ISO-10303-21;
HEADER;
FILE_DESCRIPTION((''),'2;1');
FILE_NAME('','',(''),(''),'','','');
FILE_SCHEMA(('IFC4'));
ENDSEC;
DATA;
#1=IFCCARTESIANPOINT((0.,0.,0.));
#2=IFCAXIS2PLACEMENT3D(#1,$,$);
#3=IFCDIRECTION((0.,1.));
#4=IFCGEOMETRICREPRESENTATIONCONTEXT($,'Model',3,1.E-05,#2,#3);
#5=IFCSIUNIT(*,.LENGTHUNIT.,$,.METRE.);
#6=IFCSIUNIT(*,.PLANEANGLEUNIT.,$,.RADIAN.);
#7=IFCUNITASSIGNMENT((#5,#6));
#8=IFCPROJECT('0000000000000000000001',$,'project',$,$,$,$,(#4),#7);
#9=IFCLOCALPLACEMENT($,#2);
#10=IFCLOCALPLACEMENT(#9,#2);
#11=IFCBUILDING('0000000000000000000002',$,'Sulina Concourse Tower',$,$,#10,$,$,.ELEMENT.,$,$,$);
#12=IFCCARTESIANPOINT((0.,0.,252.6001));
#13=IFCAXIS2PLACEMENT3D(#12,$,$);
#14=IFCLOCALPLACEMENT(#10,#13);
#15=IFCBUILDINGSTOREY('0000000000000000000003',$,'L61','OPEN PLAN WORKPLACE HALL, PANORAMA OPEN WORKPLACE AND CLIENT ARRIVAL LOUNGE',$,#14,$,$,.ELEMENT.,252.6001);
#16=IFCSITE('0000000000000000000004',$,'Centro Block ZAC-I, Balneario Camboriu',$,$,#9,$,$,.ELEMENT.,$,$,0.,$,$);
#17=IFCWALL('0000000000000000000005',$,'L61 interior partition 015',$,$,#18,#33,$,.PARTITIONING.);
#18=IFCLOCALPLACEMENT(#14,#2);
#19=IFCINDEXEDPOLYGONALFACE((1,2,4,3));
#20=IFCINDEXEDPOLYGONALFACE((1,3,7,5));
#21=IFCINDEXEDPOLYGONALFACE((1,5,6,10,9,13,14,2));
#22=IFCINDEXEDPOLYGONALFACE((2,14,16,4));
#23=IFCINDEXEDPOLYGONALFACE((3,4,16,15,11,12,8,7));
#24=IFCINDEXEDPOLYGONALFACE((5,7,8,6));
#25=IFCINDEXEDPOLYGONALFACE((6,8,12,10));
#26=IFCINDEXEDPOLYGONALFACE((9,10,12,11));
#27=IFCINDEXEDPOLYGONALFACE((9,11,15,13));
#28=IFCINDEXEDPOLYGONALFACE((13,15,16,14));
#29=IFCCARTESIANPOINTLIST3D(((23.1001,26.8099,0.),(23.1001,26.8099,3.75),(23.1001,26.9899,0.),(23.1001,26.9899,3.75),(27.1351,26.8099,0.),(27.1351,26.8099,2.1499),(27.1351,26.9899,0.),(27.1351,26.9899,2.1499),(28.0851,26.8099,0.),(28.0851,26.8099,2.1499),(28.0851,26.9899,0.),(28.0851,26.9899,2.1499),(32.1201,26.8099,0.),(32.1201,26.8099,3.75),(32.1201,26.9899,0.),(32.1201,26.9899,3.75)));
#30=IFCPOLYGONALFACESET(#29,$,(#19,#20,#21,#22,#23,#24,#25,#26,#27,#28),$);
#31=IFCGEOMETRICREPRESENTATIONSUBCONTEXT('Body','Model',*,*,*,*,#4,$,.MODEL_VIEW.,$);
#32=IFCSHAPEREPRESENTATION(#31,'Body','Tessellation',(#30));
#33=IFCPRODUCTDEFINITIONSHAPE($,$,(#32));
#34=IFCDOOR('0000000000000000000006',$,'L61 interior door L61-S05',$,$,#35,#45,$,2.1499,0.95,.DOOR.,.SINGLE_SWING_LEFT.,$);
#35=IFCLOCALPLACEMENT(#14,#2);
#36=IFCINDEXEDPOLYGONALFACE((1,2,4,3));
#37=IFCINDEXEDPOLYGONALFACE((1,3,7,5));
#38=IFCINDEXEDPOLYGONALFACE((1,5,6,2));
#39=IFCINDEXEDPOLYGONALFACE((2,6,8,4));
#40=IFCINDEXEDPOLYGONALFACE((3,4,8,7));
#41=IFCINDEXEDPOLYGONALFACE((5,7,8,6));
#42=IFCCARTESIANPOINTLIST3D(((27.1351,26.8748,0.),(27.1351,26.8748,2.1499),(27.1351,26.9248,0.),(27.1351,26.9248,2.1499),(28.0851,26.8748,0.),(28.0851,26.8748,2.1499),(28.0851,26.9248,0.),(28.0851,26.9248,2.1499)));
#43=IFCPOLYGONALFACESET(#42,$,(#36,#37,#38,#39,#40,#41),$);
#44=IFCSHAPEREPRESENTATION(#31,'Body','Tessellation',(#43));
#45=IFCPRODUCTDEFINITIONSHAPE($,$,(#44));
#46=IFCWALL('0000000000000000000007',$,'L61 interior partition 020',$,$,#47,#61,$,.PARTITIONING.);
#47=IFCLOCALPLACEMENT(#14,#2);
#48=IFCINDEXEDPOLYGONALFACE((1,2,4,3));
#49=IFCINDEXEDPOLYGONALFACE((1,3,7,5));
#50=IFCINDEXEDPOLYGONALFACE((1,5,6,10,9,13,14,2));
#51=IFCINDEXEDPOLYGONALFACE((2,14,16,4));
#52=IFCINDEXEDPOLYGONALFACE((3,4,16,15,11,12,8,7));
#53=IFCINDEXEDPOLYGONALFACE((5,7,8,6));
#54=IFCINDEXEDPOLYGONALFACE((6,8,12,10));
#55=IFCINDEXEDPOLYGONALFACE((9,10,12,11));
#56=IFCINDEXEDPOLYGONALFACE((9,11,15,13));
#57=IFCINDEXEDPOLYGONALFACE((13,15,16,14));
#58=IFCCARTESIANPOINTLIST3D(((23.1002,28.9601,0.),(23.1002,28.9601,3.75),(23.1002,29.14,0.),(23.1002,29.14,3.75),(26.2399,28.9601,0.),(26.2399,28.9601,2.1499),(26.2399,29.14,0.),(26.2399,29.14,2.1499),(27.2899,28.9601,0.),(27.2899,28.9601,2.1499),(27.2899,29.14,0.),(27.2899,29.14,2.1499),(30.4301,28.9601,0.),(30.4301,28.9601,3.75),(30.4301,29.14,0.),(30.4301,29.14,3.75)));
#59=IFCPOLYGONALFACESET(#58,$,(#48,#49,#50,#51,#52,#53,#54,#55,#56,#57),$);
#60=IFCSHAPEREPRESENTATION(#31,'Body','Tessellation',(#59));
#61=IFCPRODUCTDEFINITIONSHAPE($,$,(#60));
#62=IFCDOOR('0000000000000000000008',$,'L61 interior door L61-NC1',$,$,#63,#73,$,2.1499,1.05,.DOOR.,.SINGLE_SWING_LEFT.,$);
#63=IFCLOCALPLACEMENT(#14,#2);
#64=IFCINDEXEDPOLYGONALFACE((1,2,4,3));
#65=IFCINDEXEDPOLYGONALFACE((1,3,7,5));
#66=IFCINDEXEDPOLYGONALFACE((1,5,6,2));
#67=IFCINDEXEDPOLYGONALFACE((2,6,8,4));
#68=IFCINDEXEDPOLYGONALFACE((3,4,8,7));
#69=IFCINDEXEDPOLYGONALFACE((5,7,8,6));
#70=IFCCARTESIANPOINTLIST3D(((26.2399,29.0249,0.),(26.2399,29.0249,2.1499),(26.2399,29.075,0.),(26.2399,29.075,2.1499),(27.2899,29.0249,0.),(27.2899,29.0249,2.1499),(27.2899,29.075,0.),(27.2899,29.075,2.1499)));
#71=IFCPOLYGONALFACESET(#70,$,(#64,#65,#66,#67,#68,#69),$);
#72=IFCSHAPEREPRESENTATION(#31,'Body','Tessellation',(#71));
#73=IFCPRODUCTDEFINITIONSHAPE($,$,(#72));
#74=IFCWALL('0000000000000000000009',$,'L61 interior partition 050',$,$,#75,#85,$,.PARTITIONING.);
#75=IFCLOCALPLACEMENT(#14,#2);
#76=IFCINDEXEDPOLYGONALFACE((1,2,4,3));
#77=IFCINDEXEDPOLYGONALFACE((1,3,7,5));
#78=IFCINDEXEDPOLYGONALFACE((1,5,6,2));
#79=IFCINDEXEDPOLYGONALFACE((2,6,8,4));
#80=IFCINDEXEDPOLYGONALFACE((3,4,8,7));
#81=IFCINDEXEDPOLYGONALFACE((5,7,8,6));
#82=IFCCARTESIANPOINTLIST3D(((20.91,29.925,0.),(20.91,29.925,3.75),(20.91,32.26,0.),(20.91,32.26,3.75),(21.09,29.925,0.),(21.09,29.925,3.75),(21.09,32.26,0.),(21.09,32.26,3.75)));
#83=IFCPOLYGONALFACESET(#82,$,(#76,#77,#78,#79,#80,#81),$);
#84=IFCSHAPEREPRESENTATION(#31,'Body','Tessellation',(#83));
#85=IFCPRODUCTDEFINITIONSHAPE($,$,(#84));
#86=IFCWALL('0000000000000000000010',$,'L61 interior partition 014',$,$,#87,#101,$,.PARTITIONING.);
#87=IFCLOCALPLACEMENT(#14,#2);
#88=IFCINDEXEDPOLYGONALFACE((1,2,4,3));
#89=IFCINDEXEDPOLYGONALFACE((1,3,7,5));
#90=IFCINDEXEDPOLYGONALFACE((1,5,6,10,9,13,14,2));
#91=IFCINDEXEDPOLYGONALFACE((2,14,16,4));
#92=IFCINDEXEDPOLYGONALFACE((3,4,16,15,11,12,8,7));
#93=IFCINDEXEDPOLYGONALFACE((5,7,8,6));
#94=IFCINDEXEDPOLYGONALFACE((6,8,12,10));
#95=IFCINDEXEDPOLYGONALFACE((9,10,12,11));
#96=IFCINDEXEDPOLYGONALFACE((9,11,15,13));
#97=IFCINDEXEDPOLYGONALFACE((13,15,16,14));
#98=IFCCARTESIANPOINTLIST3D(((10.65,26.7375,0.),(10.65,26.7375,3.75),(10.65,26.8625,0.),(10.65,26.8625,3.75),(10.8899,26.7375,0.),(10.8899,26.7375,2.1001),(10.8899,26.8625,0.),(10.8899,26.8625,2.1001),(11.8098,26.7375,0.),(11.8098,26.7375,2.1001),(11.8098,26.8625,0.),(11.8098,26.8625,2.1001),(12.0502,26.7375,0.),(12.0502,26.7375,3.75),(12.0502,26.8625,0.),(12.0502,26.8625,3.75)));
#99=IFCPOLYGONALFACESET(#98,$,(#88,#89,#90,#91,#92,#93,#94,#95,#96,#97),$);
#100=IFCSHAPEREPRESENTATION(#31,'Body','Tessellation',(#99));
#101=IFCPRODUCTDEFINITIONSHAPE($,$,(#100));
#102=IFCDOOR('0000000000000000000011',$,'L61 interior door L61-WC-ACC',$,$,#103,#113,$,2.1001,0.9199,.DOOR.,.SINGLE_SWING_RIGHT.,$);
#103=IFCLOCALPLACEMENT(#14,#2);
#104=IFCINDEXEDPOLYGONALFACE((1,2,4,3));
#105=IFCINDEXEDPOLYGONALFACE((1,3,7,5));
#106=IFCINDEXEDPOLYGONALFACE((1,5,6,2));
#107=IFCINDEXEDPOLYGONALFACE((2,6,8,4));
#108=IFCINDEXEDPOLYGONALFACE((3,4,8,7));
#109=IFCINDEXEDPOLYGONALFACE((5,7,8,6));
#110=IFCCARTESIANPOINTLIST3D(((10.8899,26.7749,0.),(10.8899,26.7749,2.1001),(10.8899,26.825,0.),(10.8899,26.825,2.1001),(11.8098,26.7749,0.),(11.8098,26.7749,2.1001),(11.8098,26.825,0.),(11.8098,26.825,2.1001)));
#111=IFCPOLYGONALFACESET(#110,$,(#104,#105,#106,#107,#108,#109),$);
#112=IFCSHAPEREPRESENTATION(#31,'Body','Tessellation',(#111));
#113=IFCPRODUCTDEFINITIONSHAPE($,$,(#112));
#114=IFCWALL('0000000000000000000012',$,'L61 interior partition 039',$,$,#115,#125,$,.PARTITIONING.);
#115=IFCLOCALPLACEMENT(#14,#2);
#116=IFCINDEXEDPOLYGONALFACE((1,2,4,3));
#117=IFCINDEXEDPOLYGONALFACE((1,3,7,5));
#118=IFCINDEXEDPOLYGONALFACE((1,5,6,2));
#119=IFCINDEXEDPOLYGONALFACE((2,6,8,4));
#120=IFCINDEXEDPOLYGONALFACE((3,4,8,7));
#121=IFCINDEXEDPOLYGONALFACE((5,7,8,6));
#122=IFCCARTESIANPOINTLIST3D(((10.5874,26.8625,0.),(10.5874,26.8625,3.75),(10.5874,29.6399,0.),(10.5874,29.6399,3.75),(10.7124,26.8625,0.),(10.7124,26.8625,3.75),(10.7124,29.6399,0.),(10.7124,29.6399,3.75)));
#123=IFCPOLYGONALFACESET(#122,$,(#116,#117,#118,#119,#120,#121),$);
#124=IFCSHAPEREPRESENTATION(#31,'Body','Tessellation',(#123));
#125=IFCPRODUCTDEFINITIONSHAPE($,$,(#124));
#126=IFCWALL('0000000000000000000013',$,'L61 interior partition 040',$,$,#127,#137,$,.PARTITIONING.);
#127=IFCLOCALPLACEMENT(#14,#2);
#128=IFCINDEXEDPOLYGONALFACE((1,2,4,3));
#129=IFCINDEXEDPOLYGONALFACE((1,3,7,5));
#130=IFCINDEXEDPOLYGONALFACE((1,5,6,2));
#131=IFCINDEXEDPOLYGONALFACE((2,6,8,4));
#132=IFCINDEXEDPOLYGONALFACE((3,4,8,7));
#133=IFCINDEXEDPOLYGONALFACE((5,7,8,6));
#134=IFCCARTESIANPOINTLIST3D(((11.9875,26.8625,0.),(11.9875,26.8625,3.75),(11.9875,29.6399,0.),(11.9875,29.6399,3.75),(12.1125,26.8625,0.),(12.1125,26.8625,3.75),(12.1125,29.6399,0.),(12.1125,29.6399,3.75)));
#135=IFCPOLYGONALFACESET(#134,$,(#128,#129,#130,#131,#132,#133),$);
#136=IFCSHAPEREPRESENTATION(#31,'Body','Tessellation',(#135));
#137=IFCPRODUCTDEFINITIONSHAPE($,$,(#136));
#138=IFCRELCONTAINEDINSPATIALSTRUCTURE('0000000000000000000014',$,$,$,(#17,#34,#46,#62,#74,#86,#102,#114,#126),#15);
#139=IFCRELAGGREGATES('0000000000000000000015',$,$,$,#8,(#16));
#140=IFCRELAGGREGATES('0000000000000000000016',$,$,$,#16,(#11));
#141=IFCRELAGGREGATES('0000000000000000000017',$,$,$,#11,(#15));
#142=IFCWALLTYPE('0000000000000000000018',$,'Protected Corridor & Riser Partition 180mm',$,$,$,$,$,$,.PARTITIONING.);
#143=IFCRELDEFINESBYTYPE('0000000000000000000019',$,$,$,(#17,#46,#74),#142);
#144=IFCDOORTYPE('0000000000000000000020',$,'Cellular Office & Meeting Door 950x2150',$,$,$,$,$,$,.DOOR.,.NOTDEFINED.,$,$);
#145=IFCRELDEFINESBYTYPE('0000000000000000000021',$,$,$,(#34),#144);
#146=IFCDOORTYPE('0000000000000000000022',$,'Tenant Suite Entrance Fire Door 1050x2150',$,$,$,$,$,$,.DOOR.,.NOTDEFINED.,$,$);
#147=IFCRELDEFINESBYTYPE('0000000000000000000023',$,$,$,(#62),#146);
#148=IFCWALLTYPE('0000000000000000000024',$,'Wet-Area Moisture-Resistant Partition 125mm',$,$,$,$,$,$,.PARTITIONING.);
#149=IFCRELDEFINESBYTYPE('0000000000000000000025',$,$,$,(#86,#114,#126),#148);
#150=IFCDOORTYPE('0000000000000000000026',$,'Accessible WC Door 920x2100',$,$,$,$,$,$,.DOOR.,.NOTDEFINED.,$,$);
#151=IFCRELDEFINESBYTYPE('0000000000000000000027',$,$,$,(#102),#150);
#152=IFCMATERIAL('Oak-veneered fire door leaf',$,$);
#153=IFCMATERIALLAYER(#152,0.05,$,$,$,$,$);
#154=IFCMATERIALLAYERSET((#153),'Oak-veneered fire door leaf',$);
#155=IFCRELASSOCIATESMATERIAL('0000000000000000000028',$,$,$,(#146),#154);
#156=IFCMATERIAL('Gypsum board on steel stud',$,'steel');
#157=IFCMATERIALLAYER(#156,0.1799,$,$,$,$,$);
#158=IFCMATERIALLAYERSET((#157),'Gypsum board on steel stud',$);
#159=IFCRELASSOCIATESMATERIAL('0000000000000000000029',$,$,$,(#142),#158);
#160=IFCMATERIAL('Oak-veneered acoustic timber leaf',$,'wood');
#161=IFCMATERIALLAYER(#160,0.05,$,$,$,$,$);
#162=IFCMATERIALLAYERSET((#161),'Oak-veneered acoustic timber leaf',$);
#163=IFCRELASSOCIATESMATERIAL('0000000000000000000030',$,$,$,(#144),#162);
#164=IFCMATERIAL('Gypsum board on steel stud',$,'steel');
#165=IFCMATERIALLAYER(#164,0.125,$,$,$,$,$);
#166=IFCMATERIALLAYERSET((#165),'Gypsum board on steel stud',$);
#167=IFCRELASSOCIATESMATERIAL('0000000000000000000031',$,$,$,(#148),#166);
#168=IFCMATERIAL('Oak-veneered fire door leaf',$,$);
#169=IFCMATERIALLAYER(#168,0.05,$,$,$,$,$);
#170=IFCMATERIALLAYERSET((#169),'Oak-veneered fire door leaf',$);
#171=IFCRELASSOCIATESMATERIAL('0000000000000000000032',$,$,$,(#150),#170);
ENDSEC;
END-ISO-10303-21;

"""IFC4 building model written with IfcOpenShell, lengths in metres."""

from ifc_helpers import new_model, si_unit, direction, frame, frame_2d, origin, place, context, subcontext, project, spatial, rectangle, extrude, material, layer, layer_set, type_object, element, fill, save


model = new_model("IFC4")

# Units and contexts
model_context = context("Model", 3, precision=1e-05, world=origin(), true_north=direction((0.0, 1.0)))
body_context = subcontext(model_context, "Body", "Model", "MODEL_VIEW")
ifc_project = project(units=[si_unit("LENGTHUNIT", "METRE"), si_unit("PLANEANGLEUNIT", "RADIAN")], contexts=[model_context])

# Site, building, storey
site_placement = place(None, origin())
site = spatial("IfcSite", under=ifc_project, at=site_placement, Name="Centro Block ZAC-I, Balneario Camboriu", CompositionType="ELEMENT", RefElevation=0.0)
building_placement = place(site_placement, origin())
building = spatial("IfcBuilding", under=site, at=building_placement, Name="Sulina Concourse Tower", CompositionType="ELEMENT")
storey_placement = place(building_placement, frame((0.0, 0.0, 252.6001)))
storey = spatial("IfcBuildingStorey", under=building, at=storey_placement, Name="L61", Description="OPEN PLAN WORKPLACE HALL, PANORAMA OPEN WORKPLACE AND CLIENT ARRIVAL LOUNGE", CompositionType="ELEMENT", Elevation=252.6001)

# Shared definitions
ifc_material_1 = material(Name="Oak-veneered fire door leaf")
ifc_layer_1 = layer(ifc_material_1, 0.05)
ifc_layer_set_1 = layer_set([ifc_layer_1], Name="Oak-veneered fire door leaf")
door_type_1 = type_object("IfcDoorType", Name="Tenant Suite Entrance Fire Door 1050x2150", OperationType="NOTDEFINED", PredefinedType="DOOR", material=ifc_layer_set_1)

# Walls, openings, doors
ifc_material_2 = material(Name="Gypsum board on steel stud", Category="steel")
ifc_layer_2 = layer(ifc_material_2, 0.1799)
ifc_layer_set_2 = layer_set([ifc_layer_2], Name="Gypsum board on steel stud")
wall_type_1 = type_object("IfcWallType", Name="Protected Corridor & Riser Partition 180mm", PredefinedType="PARTITIONING", material=ifc_layer_set_2)
wall_1_placement = place(storey_placement, frame((23.1001, 26.8999, 0.0), z_axis=(0.0, 0.0, 1.0), x_axis=(1.0, 0.0, 0.0)))
wall_1 = element("IfcWall", 1, at=wall_1_placement, inside=storey, type_object=wall_type_1, Name="L61 interior partition 015", PredefinedType="PARTITIONING", context=body_context, shape_type="SweptSolid", body=[
    extrude(rectangle(XDim=9.02, YDim=0.1799, at=frame_2d((4.51, 0.0))), origin(), (0.0, 0.0, 1.0), 3.75),
])
opening_1_placement = place(wall_1_placement, frame((4.0349, 0.0, 0.0)))
opening_1 = element("IfcOpeningElement", 2, at=opening_1_placement, cuts=wall_1, PredefinedType="OPENING", context=body_context, shape_type="SweptSolid", body=[
    extrude(rectangle(XDim=0.95, YDim=2.1499, at=frame_2d((0.4751, 1.075))), frame((0.0, 0.0999, 0.0), z_axis=(0.0, -1.0, 0.0), x_axis=(1.0, 0.0, 0.0)), (0.0, 0.0, 1.0), 0.2),
])
ifc_material_3 = material(Name="Oak-veneered acoustic timber leaf", Category="wood")
ifc_layer_3 = layer(ifc_material_3, 0.05)
ifc_layer_set_3 = layer_set([ifc_layer_3], Name="Oak-veneered acoustic timber leaf")
door_type_2 = type_object("IfcDoorType", Name="Cellular Office & Meeting Door 950x2150", OperationType="NOTDEFINED", PredefinedType="DOOR", material=ifc_layer_set_3)
door_1_placement = place(opening_1_placement, origin())
door_1 = element("IfcDoor", 3, at=door_1_placement, inside=storey, type_object=door_type_2, Name="L61 interior door L61-S05", OperationType="SINGLE_SWING_LEFT", OverallHeight=2.1499, OverallWidth=0.95, PredefinedType="DOOR", context=body_context, shape_type="SweptSolid", body=[
    extrude(rectangle(XDim=0.95, YDim=2.1499, at=frame_2d((0.4751, 1.075))), frame((0.0, 0.0249, 0.0), z_axis=(0.0, -1.0, 0.0), x_axis=(1.0, 0.0, 0.0)), (0.0, 0.0, 1.0), 0.05),
])
fill(opening_1, door_1)
wall_2_placement = place(storey_placement, frame((23.1001, 29.05, 0.0), z_axis=(0.0, 0.0, 1.0), x_axis=(1.0, 0.0, 0.0)))
wall_2 = element("IfcWall", 4, at=wall_2_placement, inside=storey, type_object=wall_type_1, Name="L61 interior partition 020", PredefinedType="PARTITIONING", context=body_context, shape_type="SweptSolid", body=[
    extrude(rectangle(XDim=7.3298, YDim=0.1799, at=frame_2d((3.665, 0.0))), origin(), (0.0, 0.0, 1.0), 3.75),
])
opening_2_placement = place(wall_2_placement, frame((3.1399, 0.0, 0.0)))
opening_2 = element("IfcOpeningElement", 5, at=opening_2_placement, cuts=wall_2, PredefinedType="OPENING", context=body_context, shape_type="SweptSolid", body=[
    extrude(rectangle(XDim=1.05, YDim=2.1499, at=frame_2d((0.5249, 1.075))), frame((0.0, 0.0999, 0.0), z_axis=(0.0, -1.0, 0.0), x_axis=(1.0, 0.0, 0.0)), (0.0, 0.0, 1.0), 0.2),
])
door_2_placement = place(opening_2_placement, origin())
door_2 = element("IfcDoor", 6, at=door_2_placement, inside=storey, type_object=door_type_1, Name="L61 interior door L61-NC1", OperationType="SINGLE_SWING_LEFT", OverallHeight=2.1499, OverallWidth=1.05, PredefinedType="DOOR", context=body_context, shape_type="SweptSolid", body=[
    extrude(rectangle(XDim=1.05, YDim=2.1499, at=frame_2d((0.5249, 1.075))), frame((0.0, 0.0249, 0.0), z_axis=(0.0, -1.0, 0.0), x_axis=(1.0, 0.0, 0.0)), (0.0, 0.0, 1.0), 0.05),
])
fill(opening_2, door_2)

# Wall
wall_3_placement = place(storey_placement, frame((21.0, 29.925, 0.0), z_axis=(0.0, 0.0, 1.0), x_axis=(0.0, 1.0, 0.0)))
element("IfcWall", 7, at=wall_3_placement, inside=storey, type_object=wall_type_1, Name="L61 interior partition 050", PredefinedType="PARTITIONING", context=body_context, shape_type="SweptSolid", body=[
    extrude(rectangle(XDim=2.335, YDim=0.1799, at=frame_2d((1.1675, 0.0))), origin(), (0.0, 0.0, 1.0), 3.75),
])

# Wall, opening, door
ifc_material_4 = material(Name="Gypsum board on steel stud", Category="steel")
ifc_layer_4 = layer(ifc_material_4, 0.125)
ifc_layer_set_4 = layer_set([ifc_layer_4], Name="Gypsum board on steel stud")
wall_type_2 = type_object("IfcWallType", Name="Wet-Area Moisture-Resistant Partition 125mm", PredefinedType="PARTITIONING", material=ifc_layer_set_4)
wall_4_placement = place(storey_placement, frame((10.6499, 26.8, 0.0), z_axis=(0.0, 0.0, 1.0), x_axis=(1.0, 0.0, 0.0)))
wall_4 = element("IfcWall", 8, at=wall_4_placement, inside=storey, type_object=wall_type_2, Name="L61 interior partition 014", PredefinedType="PARTITIONING", context=body_context, shape_type="SweptSolid", body=[
    extrude(rectangle(XDim=1.4001, YDim=0.125, at=frame_2d((0.7002, 0.0))), origin(), (0.0, 0.0, 1.0), 3.75),
])
opening_3_placement = place(wall_4_placement, frame((0.24, 0.0, 0.0)))
opening_3 = element("IfcOpeningElement", 9, at=opening_3_placement, cuts=wall_4, PredefinedType="OPENING", context=body_context, shape_type="SweptSolid", body=[
    extrude(rectangle(XDim=0.9199, YDim=2.1001, at=frame_2d((0.46, 1.05))), frame((0.0, 0.0725, 0.0), z_axis=(0.0, -1.0, 0.0), x_axis=(1.0, 0.0, 0.0)), (0.0, 0.0, 1.0), 0.145),
])
ifc_material_5 = material(Name="Oak-veneered fire door leaf")
ifc_layer_5 = layer(ifc_material_5, 0.05)
ifc_layer_set_5 = layer_set([ifc_layer_5], Name="Oak-veneered fire door leaf")
door_type_3 = type_object("IfcDoorType", Name="Accessible WC Door 920x2100", OperationType="NOTDEFINED", PredefinedType="DOOR", material=ifc_layer_set_5)
door_3_placement = place(opening_3_placement, origin())
door_3 = element("IfcDoor", 10, at=door_3_placement, inside=storey, type_object=door_type_3, Name="L61 interior door L61-WC-ACC", OperationType="SINGLE_SWING_RIGHT", OverallHeight=2.1001, OverallWidth=0.9199, PredefinedType="DOOR", context=body_context, shape_type="SweptSolid", body=[
    extrude(rectangle(XDim=0.9199, YDim=2.1001, at=frame_2d((0.46, 1.05))), frame((0.0, 0.0249, 0.0), z_axis=(0.0, -1.0, 0.0), x_axis=(1.0, 0.0, 0.0)), (0.0, 0.0, 1.0), 0.05),
])
fill(opening_3, door_3)

# Walls
for number, where, z_axis, x_axis, name in (
    (11, (10.6499, 26.8625, 0.0), (0.0, 0.0, 1.0), (0.0, 1.0, 0.0), "L61 interior partition 039"),
    (12, (12.05, 26.8625, 0.0), (0.0, 0.0, 1.0), (0.0, 1.0, 0.0), "L61 interior partition 040"),
):
    element("IfcWall", number, at=place(storey_placement, frame(where, z_axis=z_axis, x_axis=x_axis)), inside=storey, type_object=wall_type_2, Name=name, PredefinedType="PARTITIONING", context=body_context, shape_type="SweptSolid", body=[
        extrude(rectangle(XDim=2.7773, YDim=0.125, at=frame_2d((1.3887, 0.0))), origin(), (0.0, 0.0, 1.0), 3.75),
    ])

save(model, "model.ifc")
